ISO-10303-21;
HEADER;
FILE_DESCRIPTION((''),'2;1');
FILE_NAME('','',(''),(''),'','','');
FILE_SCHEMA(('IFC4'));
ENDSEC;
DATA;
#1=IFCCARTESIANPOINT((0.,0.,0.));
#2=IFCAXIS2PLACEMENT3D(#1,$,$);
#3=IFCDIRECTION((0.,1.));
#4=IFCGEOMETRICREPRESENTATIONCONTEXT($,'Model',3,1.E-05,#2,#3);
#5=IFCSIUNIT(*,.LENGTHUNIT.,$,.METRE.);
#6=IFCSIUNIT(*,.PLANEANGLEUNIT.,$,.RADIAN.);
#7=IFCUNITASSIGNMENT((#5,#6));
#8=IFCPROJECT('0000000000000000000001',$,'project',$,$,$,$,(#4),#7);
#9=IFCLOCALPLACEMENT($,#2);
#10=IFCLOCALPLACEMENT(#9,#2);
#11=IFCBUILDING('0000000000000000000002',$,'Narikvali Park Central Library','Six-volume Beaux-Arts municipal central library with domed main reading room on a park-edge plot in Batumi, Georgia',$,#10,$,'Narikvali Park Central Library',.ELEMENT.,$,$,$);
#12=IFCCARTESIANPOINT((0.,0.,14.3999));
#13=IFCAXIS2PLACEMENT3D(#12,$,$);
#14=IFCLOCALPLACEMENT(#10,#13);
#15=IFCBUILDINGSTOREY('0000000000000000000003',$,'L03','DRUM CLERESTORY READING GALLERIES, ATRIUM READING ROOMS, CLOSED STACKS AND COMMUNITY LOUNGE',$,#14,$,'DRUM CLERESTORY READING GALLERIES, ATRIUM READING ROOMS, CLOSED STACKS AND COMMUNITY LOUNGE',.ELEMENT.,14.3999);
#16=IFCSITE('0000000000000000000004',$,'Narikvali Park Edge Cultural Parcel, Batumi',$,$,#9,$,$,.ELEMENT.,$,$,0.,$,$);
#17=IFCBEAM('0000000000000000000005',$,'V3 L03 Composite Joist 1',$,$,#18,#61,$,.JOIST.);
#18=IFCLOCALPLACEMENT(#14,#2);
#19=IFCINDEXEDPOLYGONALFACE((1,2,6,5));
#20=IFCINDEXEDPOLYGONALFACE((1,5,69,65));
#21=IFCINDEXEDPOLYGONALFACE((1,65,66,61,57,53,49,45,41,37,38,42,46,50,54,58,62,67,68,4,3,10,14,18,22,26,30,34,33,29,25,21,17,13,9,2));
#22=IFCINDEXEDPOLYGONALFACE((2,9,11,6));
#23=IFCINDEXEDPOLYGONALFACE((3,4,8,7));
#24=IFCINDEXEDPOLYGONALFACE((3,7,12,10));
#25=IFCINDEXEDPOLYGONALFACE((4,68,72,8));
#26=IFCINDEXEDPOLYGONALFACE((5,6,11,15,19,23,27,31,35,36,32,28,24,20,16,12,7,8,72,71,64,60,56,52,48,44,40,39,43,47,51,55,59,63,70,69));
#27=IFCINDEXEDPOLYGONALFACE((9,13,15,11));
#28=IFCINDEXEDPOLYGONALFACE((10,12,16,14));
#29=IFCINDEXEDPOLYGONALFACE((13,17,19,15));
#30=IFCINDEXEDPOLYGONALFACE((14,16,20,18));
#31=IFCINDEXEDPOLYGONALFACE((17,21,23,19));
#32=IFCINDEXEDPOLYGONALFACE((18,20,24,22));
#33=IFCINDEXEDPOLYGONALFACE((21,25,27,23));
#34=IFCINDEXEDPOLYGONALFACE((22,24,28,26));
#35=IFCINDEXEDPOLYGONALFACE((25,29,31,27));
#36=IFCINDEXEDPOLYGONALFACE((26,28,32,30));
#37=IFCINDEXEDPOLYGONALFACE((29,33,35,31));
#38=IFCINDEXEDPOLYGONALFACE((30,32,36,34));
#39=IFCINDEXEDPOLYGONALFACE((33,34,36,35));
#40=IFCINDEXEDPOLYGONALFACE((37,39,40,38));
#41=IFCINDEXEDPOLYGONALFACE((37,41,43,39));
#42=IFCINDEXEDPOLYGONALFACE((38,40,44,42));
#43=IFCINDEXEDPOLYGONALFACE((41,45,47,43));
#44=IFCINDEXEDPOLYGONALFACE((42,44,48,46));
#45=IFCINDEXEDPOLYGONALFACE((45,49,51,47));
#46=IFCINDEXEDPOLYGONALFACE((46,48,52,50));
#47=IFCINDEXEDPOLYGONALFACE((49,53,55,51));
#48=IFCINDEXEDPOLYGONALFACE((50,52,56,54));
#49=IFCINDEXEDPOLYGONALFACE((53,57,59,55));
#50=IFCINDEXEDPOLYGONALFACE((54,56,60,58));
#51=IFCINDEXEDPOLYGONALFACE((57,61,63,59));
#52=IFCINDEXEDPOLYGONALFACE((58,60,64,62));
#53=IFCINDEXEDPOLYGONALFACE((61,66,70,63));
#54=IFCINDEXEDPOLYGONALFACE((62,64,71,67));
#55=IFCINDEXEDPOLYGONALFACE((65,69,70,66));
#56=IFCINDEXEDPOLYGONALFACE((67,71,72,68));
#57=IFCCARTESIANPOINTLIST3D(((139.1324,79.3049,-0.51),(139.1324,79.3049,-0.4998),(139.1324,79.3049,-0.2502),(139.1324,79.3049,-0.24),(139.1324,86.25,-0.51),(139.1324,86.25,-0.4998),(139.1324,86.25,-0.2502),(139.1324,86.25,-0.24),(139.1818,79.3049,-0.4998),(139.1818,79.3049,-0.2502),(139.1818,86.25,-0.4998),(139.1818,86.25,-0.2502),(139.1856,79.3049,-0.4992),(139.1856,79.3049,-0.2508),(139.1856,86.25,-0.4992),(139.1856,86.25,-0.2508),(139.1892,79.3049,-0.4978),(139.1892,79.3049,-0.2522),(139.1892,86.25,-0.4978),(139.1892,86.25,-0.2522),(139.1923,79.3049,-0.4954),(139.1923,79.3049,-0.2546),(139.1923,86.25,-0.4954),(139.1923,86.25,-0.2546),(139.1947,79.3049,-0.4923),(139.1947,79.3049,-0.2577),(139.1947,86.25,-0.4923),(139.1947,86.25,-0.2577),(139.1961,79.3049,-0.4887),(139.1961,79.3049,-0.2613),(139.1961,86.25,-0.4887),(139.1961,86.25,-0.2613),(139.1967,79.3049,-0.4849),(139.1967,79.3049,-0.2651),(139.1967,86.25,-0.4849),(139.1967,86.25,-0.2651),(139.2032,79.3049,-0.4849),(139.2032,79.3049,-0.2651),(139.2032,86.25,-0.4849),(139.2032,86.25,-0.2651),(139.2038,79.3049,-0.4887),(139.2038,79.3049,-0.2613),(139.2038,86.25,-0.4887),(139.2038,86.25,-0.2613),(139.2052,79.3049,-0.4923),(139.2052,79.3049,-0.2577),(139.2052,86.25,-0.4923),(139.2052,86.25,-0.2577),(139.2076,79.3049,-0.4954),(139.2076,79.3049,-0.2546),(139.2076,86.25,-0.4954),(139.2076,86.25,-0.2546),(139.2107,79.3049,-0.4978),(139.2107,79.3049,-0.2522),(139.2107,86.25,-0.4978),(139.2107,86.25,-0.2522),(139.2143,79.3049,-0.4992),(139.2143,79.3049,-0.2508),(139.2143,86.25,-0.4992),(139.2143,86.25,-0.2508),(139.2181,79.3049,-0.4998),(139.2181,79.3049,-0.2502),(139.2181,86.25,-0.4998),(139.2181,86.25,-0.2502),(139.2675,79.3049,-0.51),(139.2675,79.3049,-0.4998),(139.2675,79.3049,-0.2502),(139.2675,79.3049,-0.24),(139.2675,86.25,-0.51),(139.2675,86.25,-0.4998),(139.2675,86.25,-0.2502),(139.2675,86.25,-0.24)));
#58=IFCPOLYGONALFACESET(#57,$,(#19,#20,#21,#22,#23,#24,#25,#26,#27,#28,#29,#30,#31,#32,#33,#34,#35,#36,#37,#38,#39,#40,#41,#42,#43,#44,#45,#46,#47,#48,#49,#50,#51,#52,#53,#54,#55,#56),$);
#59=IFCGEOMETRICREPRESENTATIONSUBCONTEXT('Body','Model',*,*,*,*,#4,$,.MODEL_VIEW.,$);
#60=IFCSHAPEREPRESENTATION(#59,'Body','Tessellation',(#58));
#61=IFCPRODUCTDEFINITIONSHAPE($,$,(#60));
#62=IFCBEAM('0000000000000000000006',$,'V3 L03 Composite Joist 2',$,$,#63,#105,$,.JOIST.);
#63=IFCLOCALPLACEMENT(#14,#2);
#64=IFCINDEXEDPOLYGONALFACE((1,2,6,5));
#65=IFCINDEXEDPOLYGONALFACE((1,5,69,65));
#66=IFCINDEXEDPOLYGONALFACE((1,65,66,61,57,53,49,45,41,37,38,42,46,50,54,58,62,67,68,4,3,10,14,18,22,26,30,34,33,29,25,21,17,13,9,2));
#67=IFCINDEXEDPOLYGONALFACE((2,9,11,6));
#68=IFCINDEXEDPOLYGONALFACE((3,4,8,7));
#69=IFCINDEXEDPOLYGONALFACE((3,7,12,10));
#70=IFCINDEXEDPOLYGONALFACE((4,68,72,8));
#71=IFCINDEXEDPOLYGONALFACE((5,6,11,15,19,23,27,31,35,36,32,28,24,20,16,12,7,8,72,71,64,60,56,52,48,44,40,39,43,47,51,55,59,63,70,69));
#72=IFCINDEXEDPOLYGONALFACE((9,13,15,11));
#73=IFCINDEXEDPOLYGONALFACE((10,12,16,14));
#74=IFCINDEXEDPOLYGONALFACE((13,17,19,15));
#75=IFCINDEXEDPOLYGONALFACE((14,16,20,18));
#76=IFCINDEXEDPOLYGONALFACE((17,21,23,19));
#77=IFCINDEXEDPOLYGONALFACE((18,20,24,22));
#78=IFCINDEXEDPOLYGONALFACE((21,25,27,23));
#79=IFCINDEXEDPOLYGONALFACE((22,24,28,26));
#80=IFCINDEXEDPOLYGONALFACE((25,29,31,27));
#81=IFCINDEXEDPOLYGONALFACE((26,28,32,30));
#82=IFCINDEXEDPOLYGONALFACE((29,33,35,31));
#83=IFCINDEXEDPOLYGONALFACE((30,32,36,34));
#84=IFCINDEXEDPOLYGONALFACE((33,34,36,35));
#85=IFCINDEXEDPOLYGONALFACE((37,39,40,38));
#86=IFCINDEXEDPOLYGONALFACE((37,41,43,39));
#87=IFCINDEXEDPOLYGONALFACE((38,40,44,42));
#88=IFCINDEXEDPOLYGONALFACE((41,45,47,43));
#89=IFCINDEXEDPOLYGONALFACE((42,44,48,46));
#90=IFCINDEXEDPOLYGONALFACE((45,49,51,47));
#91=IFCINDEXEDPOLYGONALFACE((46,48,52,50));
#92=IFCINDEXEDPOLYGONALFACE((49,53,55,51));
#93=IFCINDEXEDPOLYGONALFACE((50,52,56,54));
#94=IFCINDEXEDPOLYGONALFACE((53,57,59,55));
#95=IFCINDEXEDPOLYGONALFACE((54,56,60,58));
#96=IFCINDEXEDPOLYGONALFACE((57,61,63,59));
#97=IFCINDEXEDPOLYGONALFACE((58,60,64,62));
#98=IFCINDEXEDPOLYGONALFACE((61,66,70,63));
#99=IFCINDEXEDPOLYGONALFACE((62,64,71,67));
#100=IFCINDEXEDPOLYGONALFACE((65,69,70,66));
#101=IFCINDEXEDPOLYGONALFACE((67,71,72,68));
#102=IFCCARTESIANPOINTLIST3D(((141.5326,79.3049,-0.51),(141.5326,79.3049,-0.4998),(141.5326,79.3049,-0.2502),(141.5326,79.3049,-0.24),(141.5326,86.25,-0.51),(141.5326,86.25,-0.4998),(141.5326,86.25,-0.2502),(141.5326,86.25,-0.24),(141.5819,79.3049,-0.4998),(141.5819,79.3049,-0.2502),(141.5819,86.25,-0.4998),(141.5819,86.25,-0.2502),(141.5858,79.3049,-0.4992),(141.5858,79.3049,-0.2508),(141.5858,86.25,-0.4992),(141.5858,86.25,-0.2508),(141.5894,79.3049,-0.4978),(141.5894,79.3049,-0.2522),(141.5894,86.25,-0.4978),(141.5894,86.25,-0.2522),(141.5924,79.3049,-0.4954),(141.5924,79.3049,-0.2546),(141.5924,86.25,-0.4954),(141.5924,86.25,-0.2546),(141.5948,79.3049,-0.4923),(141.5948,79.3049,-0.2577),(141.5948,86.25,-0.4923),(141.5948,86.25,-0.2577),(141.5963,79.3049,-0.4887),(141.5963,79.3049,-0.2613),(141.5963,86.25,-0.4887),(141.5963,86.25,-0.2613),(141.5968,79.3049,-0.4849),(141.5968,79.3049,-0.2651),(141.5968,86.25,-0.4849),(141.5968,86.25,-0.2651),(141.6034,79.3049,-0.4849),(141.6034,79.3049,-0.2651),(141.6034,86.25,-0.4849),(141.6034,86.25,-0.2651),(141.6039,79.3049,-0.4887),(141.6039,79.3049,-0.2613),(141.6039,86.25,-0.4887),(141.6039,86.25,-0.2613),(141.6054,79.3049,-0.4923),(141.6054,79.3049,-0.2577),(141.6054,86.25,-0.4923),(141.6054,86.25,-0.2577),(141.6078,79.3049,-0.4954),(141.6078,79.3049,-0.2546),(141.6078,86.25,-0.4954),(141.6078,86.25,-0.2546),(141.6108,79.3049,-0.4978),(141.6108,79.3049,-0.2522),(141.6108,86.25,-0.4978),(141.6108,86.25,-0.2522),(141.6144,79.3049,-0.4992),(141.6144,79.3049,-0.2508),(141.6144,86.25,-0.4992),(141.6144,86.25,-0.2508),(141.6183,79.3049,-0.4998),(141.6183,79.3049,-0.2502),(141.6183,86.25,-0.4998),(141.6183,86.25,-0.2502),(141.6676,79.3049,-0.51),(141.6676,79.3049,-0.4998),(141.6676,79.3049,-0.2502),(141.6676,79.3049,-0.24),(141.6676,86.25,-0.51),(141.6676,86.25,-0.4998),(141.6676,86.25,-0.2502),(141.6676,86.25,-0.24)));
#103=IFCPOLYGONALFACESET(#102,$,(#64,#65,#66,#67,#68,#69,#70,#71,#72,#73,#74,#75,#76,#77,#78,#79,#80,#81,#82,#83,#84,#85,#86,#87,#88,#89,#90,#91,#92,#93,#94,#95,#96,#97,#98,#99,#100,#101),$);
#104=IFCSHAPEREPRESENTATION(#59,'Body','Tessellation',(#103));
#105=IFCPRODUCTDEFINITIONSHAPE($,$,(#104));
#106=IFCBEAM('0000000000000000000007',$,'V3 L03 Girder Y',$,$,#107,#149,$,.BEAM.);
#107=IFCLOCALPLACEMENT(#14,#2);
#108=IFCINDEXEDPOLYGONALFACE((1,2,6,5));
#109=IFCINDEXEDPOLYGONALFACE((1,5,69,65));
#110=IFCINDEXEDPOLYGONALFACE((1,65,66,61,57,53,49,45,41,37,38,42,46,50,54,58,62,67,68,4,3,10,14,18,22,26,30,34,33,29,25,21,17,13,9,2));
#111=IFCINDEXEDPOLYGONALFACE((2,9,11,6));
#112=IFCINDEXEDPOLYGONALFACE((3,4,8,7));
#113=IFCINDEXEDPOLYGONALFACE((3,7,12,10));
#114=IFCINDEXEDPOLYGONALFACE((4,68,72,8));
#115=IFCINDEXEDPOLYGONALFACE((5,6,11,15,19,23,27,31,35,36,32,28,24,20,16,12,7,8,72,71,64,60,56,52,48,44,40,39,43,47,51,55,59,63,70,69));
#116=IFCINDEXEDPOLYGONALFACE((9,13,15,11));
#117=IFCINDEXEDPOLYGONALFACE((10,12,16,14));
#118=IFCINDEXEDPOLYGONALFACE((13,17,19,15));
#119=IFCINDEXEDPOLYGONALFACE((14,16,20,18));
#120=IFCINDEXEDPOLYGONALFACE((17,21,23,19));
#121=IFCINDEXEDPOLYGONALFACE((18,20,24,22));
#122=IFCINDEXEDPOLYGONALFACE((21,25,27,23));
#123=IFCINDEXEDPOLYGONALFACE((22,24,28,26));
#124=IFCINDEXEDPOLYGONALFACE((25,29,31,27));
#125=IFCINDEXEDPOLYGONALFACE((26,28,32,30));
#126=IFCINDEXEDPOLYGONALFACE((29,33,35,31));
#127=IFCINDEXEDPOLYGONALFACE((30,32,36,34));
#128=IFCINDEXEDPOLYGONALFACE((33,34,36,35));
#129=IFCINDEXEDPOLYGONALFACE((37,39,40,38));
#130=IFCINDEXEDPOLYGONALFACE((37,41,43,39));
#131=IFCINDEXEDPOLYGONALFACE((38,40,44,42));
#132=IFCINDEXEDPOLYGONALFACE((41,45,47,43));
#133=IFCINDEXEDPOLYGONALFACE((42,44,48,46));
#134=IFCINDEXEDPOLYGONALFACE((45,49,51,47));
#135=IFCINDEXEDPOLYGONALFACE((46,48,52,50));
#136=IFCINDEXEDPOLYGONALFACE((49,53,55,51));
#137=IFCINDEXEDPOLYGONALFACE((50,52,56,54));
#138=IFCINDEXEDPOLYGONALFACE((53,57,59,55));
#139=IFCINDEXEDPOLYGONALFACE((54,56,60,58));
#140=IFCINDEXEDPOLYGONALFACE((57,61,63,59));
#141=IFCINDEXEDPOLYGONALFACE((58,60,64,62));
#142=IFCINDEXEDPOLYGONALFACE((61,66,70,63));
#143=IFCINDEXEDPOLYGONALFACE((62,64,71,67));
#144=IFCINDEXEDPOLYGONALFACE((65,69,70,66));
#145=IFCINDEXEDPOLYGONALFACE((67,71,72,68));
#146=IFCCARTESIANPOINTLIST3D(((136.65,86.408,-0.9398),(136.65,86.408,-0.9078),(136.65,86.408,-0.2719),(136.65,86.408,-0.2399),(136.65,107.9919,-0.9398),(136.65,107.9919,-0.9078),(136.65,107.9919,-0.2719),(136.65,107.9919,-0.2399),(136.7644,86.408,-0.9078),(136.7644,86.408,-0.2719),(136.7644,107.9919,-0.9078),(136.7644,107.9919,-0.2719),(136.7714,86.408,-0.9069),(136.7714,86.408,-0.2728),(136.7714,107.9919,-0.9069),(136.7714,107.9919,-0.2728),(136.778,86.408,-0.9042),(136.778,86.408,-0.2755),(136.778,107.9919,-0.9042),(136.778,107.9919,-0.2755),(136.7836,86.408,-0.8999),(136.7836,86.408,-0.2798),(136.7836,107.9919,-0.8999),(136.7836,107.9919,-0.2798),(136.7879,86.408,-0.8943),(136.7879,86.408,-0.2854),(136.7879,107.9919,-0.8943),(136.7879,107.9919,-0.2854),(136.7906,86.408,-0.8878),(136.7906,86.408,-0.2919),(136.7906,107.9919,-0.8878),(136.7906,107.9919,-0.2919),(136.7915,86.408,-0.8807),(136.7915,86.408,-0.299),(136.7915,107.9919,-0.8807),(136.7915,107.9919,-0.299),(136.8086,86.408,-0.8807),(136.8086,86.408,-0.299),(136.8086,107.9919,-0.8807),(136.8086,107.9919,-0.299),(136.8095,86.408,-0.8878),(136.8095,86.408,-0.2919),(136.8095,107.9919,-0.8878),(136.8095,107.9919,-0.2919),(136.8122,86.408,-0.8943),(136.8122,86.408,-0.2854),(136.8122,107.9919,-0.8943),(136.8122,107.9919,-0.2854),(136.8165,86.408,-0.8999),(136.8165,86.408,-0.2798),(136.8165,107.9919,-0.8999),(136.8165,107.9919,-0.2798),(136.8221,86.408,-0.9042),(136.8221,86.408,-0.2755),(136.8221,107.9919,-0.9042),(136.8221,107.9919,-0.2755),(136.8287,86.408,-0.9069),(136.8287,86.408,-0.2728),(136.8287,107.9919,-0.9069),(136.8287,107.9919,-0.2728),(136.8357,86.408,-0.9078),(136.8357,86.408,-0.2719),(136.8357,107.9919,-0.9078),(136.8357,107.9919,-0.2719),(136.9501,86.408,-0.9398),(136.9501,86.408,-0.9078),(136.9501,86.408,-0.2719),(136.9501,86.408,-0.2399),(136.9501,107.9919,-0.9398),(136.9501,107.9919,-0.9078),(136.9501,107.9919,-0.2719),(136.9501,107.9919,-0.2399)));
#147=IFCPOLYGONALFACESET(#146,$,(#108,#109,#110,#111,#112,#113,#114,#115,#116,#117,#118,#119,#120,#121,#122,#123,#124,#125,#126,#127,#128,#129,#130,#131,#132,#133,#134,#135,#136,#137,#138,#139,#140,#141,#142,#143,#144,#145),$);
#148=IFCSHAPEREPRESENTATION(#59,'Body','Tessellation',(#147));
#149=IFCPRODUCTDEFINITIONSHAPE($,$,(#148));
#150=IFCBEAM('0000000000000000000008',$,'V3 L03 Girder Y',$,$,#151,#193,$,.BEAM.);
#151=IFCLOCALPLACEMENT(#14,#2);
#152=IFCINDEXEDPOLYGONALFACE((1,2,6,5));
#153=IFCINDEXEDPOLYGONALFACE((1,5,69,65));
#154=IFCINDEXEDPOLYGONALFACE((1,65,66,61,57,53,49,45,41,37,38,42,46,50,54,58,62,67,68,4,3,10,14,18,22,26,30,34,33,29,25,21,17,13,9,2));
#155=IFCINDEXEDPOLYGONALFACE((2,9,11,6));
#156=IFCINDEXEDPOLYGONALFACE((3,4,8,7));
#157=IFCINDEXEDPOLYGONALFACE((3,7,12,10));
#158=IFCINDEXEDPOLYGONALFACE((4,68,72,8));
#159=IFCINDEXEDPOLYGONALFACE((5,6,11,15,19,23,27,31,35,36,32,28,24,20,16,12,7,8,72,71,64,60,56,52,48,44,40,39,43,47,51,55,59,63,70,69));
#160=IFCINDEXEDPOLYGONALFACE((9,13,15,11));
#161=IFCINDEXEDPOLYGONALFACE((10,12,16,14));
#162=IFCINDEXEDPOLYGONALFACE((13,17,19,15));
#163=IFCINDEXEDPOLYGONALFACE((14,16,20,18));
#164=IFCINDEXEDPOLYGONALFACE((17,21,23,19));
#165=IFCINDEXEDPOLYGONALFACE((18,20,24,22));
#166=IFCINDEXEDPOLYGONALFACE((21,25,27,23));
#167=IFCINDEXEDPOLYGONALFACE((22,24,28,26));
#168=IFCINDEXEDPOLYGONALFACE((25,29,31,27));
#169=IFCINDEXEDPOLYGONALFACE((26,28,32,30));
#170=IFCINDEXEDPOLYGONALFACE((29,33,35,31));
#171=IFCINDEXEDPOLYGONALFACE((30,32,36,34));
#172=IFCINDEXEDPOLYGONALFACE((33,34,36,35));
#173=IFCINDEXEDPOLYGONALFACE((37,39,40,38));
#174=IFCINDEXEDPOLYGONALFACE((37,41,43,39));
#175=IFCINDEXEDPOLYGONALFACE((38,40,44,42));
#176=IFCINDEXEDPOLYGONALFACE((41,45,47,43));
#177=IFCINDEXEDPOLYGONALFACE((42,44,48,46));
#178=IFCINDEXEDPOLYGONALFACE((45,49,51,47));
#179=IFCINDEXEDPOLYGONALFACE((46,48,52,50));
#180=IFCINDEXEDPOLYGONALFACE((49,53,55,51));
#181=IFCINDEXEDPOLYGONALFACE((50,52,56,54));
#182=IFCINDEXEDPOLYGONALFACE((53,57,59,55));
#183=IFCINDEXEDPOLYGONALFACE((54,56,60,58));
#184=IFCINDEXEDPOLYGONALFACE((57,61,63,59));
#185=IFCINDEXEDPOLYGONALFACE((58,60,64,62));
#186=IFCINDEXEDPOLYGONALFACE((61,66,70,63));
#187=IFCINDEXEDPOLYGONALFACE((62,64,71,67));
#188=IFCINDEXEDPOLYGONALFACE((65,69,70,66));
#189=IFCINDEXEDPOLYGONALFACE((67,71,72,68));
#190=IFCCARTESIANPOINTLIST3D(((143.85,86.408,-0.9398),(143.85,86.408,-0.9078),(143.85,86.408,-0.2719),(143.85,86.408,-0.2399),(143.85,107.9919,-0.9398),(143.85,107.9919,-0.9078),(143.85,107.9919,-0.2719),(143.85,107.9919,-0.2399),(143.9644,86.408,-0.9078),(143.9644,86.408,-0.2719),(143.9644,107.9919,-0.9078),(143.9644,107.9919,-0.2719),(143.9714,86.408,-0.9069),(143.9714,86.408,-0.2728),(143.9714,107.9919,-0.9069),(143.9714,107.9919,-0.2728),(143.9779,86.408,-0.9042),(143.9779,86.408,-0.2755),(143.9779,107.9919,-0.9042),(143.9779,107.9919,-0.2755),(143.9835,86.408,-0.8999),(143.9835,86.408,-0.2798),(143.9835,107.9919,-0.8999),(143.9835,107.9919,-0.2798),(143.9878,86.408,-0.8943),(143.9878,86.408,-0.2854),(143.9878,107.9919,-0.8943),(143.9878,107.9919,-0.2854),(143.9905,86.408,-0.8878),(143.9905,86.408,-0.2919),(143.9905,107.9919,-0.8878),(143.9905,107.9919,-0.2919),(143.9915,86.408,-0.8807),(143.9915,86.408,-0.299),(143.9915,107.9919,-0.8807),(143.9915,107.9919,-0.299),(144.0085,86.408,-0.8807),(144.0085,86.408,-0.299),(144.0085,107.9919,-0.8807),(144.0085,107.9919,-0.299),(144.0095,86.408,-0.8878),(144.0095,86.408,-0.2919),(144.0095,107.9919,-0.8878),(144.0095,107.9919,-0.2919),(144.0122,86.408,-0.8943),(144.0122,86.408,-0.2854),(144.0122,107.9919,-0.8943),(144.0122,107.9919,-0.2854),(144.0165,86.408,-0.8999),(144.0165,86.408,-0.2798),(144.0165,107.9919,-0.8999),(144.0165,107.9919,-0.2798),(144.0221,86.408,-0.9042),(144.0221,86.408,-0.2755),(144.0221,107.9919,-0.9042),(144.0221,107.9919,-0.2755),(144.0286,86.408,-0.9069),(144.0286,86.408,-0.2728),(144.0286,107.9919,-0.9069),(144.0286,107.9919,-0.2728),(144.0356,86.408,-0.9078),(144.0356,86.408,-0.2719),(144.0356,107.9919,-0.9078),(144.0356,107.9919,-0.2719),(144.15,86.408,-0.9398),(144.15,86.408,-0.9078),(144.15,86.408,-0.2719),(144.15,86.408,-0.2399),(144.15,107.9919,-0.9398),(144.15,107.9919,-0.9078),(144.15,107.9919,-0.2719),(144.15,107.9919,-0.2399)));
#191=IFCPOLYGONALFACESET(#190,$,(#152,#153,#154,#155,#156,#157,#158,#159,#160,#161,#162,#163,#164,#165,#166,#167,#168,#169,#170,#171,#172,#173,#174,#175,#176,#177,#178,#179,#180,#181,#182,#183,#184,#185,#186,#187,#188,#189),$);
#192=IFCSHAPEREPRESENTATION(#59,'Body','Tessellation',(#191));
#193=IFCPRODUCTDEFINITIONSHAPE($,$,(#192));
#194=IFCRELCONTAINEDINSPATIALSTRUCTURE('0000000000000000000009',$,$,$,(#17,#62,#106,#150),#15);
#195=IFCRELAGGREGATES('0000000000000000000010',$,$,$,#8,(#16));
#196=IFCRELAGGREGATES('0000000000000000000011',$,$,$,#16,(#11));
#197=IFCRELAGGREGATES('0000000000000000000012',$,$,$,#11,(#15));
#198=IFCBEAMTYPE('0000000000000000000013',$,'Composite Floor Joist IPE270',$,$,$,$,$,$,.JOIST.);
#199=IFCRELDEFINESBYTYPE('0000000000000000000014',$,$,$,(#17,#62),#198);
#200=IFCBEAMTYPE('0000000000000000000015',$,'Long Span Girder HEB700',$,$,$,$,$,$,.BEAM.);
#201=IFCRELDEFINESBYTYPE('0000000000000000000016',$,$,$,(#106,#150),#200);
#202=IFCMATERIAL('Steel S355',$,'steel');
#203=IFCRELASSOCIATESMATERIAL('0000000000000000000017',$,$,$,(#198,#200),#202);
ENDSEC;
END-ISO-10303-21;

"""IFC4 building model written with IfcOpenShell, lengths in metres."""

from ifc_helpers import new_model, si_unit, direction, frame, origin, origin_2d, place, context, subcontext, project, spatial, i_section, extrude, material, material_profile, profile_set, type_object, element, save


model = new_model("IFC4")

# Units and contexts
model_context = context("Model", 3, precision=1e-05, world=origin(), true_north=direction((0.0, 1.0)))
body_context = subcontext(model_context, "Body", "Model", "MODEL_VIEW")
ifc_project = project(units=[si_unit("LENGTHUNIT", "METRE"), si_unit("PLANEANGLEUNIT", "RADIAN")], contexts=[model_context])

# Site, building, storey
site_placement = place(None, origin())
site = spatial("IfcSite", under=ifc_project, at=site_placement, Name="Narikvali Park Edge Cultural Parcel, Batumi", CompositionType="ELEMENT", RefElevation=0.0)
building_placement = place(site_placement, origin())
building = spatial("IfcBuilding", under=site, at=building_placement, Name="Narikvali Park Central Library", Description="Six-volume Beaux-Arts municipal central library with domed main reading room on a park-edge plot in Batumi, Georgia", LongName="Narikvali Park Central Library", CompositionType="ELEMENT")
storey_placement = place(building_placement, frame((0.0, 0.0, 14.3999)))
storey = spatial("IfcBuildingStorey", under=building, at=storey_placement, Name="L03", Description="DRUM CLERESTORY READING GALLERIES, ATRIUM READING ROOMS, CLOSED STACKS AND COMMUNITY LOUNGE", LongName="DRUM CLERESTORY READING GALLERIES, ATRIUM READING ROOMS, CLOSED STACKS AND COMMUNITY LOUNGE", CompositionType="ELEMENT", Elevation=14.3999)

# Shared definitions
ifc_material_1 = material(Name="Steel S355", Category="steel")

# Beams
ifc_material_profile_1 = material_profile(ifc_material_1, i_section(OverallWidth=0.135, OverallDepth=0.27, WebThickness=0.0066, FlangeThickness=0.0103, FilletRadius=0.0149, at=origin_2d()), Name="IPE 270")
ifc_profile_set_1 = profile_set([ifc_material_profile_1], Name="Steel S355")
beam_type_1 = type_object("IfcBeamType", Name="Composite Floor Joist IPE270", PredefinedType="JOIST", material=ifc_profile_set_1)
for number, where, z_axis, x_axis, name in (
    (1, (139.2, 79.3049, -0.375), (0.0, 1.0, 0.0), (-1.0, 0.0, 0.0), "V3 L03 Composite Joist 1"),
    (2, (141.6001, 79.3049, -0.375), (0.0, 1.0, 0.0), (-1.0, 0.0, 0.0), "V3 L03 Composite Joist 2"),
):
    element("IfcBeam", number, at=place(storey_placement, frame(where, z_axis=z_axis, x_axis=x_axis)), inside=storey, type_object=beam_type_1, Name=name, PredefinedType="JOIST", context=body_context, shape_type="SweptSolid", body=[
        extrude(i_section(OverallWidth=0.135, OverallDepth=0.27, WebThickness=0.0066, FlangeThickness=0.0103, FilletRadius=0.0149, at=origin_2d()), origin(), (0.0, 0.0, 1.0), 6.9451),
    ])
ifc_material_profile_2 = material_profile(ifc_material_1, i_section(OverallWidth=0.3, OverallDepth=0.7, WebThickness=0.0171, FlangeThickness=0.032, FilletRadius=0.0271, at=origin_2d()), Name="HEB 700")
ifc_profile_set_2 = profile_set([ifc_material_profile_2], Name="Steel S355")
beam_type_2 = type_object("IfcBeamType", Name="Long Span Girder HEB700", PredefinedType="BEAM", material=ifc_profile_set_2)
for number, where, z_axis, x_axis, name in (
    (3, (136.8, 86.408, -0.5898), (0.0, 1.0, 0.0), (-1.0, 0.0, 0.0), "V3 L03 Girder Y"),
    (4, (144.0, 86.408, -0.5898), (0.0, 1.0, 0.0), (-1.0, 0.0, 0.0), "V3 L03 Girder Y"),
):
    element("IfcBeam", number, at=place(storey_placement, frame(where, z_axis=z_axis, x_axis=x_axis)), inside=storey, type_object=beam_type_2, Name=name, PredefinedType="BEAM", context=body_context, shape_type="SweptSolid", body=[
        extrude(i_section(OverallWidth=0.3, OverallDepth=0.7, WebThickness=0.0171, FlangeThickness=0.032, FilletRadius=0.0271, at=origin_2d()), origin(), (0.0, 0.0, 1.0), 21.584),
    ])

save(model, "model.ifc")
